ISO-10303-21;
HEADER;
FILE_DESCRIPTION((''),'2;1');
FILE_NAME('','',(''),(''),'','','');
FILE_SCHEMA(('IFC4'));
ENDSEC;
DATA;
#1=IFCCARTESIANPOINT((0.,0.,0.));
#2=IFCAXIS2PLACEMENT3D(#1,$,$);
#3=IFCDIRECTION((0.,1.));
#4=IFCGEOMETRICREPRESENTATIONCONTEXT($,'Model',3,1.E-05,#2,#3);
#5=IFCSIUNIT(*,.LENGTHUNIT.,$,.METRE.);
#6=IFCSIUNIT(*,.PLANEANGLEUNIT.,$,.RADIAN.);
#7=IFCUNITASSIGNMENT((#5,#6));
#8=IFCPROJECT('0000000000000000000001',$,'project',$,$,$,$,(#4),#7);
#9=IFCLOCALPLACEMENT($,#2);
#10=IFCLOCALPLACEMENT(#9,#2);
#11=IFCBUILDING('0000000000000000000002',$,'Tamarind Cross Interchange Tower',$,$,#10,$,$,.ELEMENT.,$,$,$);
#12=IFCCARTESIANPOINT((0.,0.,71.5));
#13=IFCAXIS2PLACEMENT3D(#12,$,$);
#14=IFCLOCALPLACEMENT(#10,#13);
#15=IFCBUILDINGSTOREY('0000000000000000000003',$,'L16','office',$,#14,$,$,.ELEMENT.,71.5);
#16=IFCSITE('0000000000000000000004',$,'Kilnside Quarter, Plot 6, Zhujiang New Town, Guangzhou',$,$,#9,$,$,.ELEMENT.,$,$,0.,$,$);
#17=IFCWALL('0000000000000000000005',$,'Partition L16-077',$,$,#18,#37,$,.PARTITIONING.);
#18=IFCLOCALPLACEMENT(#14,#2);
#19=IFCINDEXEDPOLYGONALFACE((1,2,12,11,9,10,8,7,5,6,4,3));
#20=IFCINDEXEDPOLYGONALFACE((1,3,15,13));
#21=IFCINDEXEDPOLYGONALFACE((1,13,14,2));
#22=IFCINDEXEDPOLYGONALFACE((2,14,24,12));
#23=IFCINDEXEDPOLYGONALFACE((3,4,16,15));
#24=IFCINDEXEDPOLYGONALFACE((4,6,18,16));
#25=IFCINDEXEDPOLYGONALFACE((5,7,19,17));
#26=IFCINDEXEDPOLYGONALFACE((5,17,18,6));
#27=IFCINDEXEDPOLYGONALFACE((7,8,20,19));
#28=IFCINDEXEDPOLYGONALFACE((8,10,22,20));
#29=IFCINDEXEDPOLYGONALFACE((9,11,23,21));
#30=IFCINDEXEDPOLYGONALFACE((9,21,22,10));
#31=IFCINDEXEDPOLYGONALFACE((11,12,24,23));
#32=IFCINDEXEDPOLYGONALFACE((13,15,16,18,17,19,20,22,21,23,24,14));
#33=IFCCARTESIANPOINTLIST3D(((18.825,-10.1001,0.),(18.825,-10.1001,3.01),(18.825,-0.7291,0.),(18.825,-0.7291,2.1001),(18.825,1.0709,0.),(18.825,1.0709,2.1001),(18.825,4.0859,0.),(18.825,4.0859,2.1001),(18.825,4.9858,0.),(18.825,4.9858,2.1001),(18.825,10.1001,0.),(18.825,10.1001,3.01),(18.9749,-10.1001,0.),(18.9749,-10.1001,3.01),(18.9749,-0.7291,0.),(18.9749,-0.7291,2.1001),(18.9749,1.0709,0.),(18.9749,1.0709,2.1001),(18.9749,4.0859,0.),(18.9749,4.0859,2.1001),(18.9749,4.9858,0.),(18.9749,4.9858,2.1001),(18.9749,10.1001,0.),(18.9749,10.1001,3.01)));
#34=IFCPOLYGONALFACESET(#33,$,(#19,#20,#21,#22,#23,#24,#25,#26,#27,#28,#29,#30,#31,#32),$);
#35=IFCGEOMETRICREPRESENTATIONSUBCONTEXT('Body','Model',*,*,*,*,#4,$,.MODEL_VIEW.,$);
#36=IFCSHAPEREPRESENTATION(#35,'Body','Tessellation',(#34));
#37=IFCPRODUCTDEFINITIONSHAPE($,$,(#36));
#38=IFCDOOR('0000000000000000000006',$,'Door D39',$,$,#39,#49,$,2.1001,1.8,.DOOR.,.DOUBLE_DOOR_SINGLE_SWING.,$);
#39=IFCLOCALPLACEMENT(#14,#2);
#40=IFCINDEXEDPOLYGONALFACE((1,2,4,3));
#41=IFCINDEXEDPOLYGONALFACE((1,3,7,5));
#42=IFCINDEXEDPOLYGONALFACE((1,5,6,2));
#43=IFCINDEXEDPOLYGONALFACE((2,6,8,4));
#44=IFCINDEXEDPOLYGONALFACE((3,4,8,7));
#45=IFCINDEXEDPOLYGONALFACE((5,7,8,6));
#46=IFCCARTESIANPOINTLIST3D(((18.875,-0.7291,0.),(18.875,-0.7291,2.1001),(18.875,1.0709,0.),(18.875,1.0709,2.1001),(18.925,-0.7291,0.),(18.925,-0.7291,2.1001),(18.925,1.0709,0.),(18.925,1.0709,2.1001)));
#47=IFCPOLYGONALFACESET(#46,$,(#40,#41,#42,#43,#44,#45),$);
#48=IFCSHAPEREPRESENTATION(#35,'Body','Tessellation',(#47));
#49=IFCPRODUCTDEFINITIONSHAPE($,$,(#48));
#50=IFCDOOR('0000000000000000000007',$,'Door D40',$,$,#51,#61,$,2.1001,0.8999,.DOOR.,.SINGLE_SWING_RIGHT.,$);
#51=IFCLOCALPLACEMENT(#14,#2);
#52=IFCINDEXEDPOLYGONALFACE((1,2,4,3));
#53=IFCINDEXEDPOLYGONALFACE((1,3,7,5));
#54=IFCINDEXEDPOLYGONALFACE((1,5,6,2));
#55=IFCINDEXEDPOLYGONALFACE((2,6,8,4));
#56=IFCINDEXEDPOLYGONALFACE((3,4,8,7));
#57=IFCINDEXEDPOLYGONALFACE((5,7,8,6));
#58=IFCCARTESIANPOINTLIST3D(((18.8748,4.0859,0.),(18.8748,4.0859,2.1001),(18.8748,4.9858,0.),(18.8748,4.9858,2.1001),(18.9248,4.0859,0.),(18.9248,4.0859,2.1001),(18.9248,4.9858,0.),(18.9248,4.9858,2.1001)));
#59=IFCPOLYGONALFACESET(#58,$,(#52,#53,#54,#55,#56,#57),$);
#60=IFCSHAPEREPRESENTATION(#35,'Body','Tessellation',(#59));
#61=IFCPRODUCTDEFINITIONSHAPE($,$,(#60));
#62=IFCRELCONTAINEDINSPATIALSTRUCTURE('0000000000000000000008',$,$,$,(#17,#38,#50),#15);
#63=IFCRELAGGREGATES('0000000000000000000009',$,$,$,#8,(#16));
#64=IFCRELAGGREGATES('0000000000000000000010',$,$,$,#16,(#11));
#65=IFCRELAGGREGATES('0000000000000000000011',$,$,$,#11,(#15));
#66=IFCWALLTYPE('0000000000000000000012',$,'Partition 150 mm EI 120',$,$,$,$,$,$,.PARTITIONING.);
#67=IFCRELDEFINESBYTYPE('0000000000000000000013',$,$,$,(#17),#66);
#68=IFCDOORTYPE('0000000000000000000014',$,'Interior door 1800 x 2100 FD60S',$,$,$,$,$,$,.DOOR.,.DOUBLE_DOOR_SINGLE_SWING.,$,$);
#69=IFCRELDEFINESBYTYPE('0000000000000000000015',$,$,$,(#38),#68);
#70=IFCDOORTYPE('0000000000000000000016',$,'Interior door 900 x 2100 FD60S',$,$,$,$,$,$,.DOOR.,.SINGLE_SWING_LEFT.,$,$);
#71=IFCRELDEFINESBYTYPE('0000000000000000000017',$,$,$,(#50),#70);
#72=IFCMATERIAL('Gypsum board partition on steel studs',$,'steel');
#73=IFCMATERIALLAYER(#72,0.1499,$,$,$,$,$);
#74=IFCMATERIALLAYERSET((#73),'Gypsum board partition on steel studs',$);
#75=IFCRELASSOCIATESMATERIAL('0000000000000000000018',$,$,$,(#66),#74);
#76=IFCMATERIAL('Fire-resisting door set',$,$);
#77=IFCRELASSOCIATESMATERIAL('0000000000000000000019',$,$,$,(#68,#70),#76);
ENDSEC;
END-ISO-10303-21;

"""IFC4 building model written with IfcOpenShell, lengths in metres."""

from ifc_helpers import new_model, si_unit, direction, frame, frame_2d, origin, place, context, subcontext, project, spatial, rectangle, extrude, material, layer, layer_set, type_object, element, fill, save


model = new_model("IFC4")

# Units and contexts
model_context = context("Model", 3, precision=1e-05, world=origin(), true_north=direction((0.0, 1.0)))
body_context = subcontext(model_context, "Body", "Model", "MODEL_VIEW")
ifc_project = project(units=[si_unit("LENGTHUNIT", "METRE"), si_unit("PLANEANGLEUNIT", "RADIAN")], contexts=[model_context])

# Site, building, storey
site_placement = place(None, origin())
site = spatial("IfcSite", under=ifc_project, at=site_placement, Name="Kilnside Quarter, Plot 6, Zhujiang New Town, Guangzhou", CompositionType="ELEMENT", RefElevation=0.0)
building_placement = place(site_placement, origin())
building = spatial("IfcBuilding", under=site, at=building_placement, Name="Tamarind Cross Interchange Tower", CompositionType="ELEMENT")
storey_placement = place(building_placement, frame((0.0, 0.0, 71.5)))
storey = spatial("IfcBuildingStorey", under=building, at=storey_placement, Name="L16", Description="office", CompositionType="ELEMENT", Elevation=71.5)

# Shared definitions
ifc_material_1 = material(Name="Gypsum board partition on steel studs", Category="steel")
ifc_layer_1 = layer(ifc_material_1, 0.1499)
ifc_layer_set_1 = layer_set([ifc_layer_1], Name="Gypsum board partition on steel studs")
wall_type_1 = type_object("IfcWallType", Name="Partition 150 mm EI 120", PredefinedType="PARTITIONING", material=ifc_layer_set_1)

# Wall, openings, doors
wall_1_placement = place(storey_placement, frame((18.8999, -10.1001, 0.0), z_axis=(0.0, 0.0, 1.0), x_axis=(0.0, 1.0, 0.0)))
wall_1 = element("IfcWall", 1, at=wall_1_placement, inside=storey, type_object=wall_type_1, Name="Partition L16-077", PredefinedType="PARTITIONING", context=body_context, shape_type="SweptSolid", body=[
    extrude(rectangle(XDim=20.2002, YDim=0.1499, at=frame_2d((10.1001, 0.0))), origin(), (0.0, 0.0, 1.0), 3.01),
])
opening_1_placement = place(wall_1_placement, frame((9.3711, 0.0, 0.0)))
opening_1 = element("IfcOpeningElement", 2, at=opening_1_placement, cuts=wall_1, PredefinedType="OPENING", context=body_context, shape_type="SweptSolid", body=[
    extrude(rectangle(XDim=1.8, YDim=2.1001, at=frame_2d((0.8999, 1.05))), frame((0.0, 0.085, 0.0), z_axis=(0.0, -1.0, 0.0), x_axis=(1.0, 0.0, 0.0)), (0.0, 0.0, 1.0), 0.1699),
])
opening_2_placement = place(wall_1_placement, frame((14.186, 0.0, 0.0)))
opening_2 = element("IfcOpeningElement", 3, at=opening_2_placement, cuts=wall_1, PredefinedType="OPENING", context=body_context, shape_type="SweptSolid", body=[
    extrude(rectangle(XDim=0.8999, YDim=2.1001, at=frame_2d((0.45, 1.05))), frame((0.0, 0.085, 0.0), z_axis=(0.0, -1.0, 0.0), x_axis=(1.0, 0.0, 0.0)), (0.0, 0.0, 1.0), 0.1699),
])
ifc_material_2 = material(Name="Fire-resisting door set")
door_type_1 = type_object("IfcDoorType", Name="Interior door 1800 x 2100 FD60S", OperationType="DOUBLE_DOOR_SINGLE_SWING", PredefinedType="DOOR", material=ifc_material_2)
door_1_placement = place(opening_1_placement, origin())
door_1 = element("IfcDoor", 4, at=door_1_placement, inside=storey, type_object=door_type_1, Name="Door D39", OperationType="DOUBLE_DOOR_SINGLE_SWING", OverallHeight=2.1001, OverallWidth=1.8, PredefinedType="DOOR", context=body_context, shape_type="SweptSolid", body=[
    extrude(rectangle(XDim=1.8, YDim=2.1001, at=frame_2d((0.8999, 1.05))), frame((0.0, 0.0249, 0.0), z_axis=(0.0, -1.0, 0.0), x_axis=(1.0, 0.0, 0.0)), (0.0, 0.0, 1.0), 0.05),
])
fill(opening_1, door_1)
door_type_2 = type_object("IfcDoorType", Name="Interior door 900 x 2100 FD60S", OperationType="SINGLE_SWING_LEFT", PredefinedType="DOOR", material=ifc_material_2)
door_2_placement = place(opening_2_placement, frame((0.8999, 0.0, 0.0), z_axis=(0.0, 0.0, 1.0), x_axis=(-1.0, 0.0, 0.0)))
door_2 = element("IfcDoor", 5, at=door_2_placement, inside=storey, type_object=door_type_2, Name="Door D40", OperationType="SINGLE_SWING_RIGHT", OverallHeight=2.1001, OverallWidth=0.8999, PredefinedType="DOOR", context=body_context, shape_type="SweptSolid", body=[
    extrude(rectangle(XDim=0.8999, YDim=2.1001, at=frame_2d((0.45, 1.05))), frame((0.0, 0.0249, 0.0), z_axis=(0.0, -1.0, 0.0), x_axis=(1.0, 0.0, 0.0)), (0.0, 0.0, 1.0), 0.05),
])
fill(opening_2, door_2)

save(model, "model.ifc")
